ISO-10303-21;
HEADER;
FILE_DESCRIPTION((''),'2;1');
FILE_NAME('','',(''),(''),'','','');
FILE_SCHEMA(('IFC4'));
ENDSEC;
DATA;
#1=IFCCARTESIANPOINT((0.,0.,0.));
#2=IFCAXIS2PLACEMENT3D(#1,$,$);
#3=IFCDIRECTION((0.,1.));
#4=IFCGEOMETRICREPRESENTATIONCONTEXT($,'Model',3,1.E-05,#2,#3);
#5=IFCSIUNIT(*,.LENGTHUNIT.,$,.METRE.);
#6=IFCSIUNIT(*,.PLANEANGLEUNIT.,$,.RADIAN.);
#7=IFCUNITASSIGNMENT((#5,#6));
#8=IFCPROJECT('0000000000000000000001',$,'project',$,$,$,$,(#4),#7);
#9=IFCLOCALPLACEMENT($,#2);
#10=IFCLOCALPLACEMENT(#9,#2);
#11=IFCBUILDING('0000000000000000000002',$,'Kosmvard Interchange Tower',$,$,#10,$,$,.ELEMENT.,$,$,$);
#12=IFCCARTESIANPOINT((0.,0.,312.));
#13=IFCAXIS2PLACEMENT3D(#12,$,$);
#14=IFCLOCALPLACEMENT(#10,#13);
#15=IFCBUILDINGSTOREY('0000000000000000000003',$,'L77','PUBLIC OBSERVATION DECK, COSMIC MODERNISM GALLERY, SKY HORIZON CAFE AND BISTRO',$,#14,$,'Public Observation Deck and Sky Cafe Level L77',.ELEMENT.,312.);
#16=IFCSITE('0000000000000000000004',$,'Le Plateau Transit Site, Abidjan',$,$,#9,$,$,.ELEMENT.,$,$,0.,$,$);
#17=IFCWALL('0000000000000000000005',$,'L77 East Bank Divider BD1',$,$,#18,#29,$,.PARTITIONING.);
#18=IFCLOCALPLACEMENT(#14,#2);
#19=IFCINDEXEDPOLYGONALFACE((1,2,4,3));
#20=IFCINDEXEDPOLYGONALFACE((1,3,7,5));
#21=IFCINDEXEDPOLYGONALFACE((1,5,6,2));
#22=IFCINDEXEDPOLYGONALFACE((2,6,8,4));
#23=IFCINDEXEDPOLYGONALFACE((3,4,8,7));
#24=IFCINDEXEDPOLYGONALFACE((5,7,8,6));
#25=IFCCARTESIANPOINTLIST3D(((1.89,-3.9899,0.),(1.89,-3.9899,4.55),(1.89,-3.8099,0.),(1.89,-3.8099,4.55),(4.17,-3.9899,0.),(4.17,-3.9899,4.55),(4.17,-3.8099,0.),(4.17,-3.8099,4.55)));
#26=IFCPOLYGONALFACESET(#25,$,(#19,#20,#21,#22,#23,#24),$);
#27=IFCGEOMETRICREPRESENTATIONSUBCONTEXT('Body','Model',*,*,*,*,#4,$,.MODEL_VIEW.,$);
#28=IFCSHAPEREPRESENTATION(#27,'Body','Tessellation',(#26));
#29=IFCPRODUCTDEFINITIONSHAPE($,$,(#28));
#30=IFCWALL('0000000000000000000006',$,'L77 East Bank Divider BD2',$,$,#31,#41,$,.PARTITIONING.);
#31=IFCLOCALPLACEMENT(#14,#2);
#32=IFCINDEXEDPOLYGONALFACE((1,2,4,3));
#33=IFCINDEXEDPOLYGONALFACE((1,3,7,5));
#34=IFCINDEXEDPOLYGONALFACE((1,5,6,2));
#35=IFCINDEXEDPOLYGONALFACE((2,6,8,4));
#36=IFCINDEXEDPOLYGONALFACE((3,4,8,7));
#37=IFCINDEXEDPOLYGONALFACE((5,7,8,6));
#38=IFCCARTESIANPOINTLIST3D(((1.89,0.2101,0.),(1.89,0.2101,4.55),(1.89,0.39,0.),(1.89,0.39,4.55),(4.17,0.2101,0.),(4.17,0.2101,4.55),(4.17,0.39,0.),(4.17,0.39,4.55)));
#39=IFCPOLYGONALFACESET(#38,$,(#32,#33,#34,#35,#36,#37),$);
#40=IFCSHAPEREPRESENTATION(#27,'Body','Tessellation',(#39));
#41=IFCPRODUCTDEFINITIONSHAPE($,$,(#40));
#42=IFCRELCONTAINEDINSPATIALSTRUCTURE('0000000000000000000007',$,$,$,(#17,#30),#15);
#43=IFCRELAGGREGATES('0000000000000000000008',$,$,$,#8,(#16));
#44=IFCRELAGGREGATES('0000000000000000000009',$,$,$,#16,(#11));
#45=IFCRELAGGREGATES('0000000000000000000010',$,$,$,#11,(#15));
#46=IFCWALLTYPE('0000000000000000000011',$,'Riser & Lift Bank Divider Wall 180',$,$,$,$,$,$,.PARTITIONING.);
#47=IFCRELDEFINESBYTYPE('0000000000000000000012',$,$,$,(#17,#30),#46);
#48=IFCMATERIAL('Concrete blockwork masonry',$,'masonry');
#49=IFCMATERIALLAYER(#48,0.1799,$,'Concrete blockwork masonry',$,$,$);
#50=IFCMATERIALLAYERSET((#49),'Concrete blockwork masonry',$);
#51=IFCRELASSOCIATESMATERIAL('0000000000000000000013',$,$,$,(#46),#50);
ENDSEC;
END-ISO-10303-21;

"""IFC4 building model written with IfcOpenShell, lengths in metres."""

from ifc_helpers import new_model, si_unit, direction, frame, frame_2d, origin, place, context, subcontext, project, spatial, rectangle, extrude, material, layer, layer_set, type_object, element, save


model = new_model("IFC4")

# Units and contexts
model_context = context("Model", 3, precision=1e-05, world=origin(), true_north=direction((0.0, 1.0)))
body_context = subcontext(model_context, "Body", "Model", "MODEL_VIEW")
ifc_project = project(units=[si_unit("LENGTHUNIT", "METRE"), si_unit("PLANEANGLEUNIT", "RADIAN")], contexts=[model_context])

# Site, building, storey
site_placement = place(None, origin())
site = spatial("IfcSite", under=ifc_project, at=site_placement, Name="Le Plateau Transit Site, Abidjan", CompositionType="ELEMENT", RefElevation=0.0)
building_placement = place(site_placement, origin())
building = spatial("IfcBuilding", under=site, at=building_placement, Name="Kosmvard Interchange Tower", CompositionType="ELEMENT")
storey_placement = place(building_placement, frame((0.0, 0.0, 312.0)))
storey = spatial("IfcBuildingStorey", under=building, at=storey_placement, Name="L77", Description="PUBLIC OBSERVATION DECK, COSMIC MODERNISM GALLERY, SKY HORIZON CAFE AND BISTRO", LongName="Public Observation Deck and Sky Cafe Level L77", CompositionType="ELEMENT", Elevation=312.0)

# Walls
ifc_material_1 = material(Name="Concrete blockwork masonry", Category="masonry")
ifc_layer_1 = layer(ifc_material_1, 0.1799, Name="Concrete blockwork masonry")
ifc_layer_set_1 = layer_set([ifc_layer_1], Name="Concrete blockwork masonry")
wall_type_1 = type_object("IfcWallType", Name="Riser & Lift Bank Divider Wall 180", PredefinedType="PARTITIONING", material=ifc_layer_set_1)
for number, where, z_axis, x_axis, name in (
    (1, (1.8899, -3.8999, 0.0), (0.0, 0.0, 1.0), (1.0, 0.0, 0.0), "L77 East Bank Divider BD1"),
    (2, (1.8899, 0.3, 0.0), (0.0, 0.0, 1.0), (1.0, 0.0, 0.0), "L77 East Bank Divider BD2"),
):
    element("IfcWall", number, at=place(storey_placement, frame(where, z_axis=z_axis, x_axis=x_axis)), inside=storey, type_object=wall_type_1, Name=name, PredefinedType="PARTITIONING", context=body_context, shape_type="SweptSolid", body=[
        extrude(rectangle(XDim=2.28, YDim=0.1799, at=frame_2d((1.1401, 0.0))), origin(), (0.0, 0.0, 1.0), 4.55),
    ])

save(model, "model.ifc")
